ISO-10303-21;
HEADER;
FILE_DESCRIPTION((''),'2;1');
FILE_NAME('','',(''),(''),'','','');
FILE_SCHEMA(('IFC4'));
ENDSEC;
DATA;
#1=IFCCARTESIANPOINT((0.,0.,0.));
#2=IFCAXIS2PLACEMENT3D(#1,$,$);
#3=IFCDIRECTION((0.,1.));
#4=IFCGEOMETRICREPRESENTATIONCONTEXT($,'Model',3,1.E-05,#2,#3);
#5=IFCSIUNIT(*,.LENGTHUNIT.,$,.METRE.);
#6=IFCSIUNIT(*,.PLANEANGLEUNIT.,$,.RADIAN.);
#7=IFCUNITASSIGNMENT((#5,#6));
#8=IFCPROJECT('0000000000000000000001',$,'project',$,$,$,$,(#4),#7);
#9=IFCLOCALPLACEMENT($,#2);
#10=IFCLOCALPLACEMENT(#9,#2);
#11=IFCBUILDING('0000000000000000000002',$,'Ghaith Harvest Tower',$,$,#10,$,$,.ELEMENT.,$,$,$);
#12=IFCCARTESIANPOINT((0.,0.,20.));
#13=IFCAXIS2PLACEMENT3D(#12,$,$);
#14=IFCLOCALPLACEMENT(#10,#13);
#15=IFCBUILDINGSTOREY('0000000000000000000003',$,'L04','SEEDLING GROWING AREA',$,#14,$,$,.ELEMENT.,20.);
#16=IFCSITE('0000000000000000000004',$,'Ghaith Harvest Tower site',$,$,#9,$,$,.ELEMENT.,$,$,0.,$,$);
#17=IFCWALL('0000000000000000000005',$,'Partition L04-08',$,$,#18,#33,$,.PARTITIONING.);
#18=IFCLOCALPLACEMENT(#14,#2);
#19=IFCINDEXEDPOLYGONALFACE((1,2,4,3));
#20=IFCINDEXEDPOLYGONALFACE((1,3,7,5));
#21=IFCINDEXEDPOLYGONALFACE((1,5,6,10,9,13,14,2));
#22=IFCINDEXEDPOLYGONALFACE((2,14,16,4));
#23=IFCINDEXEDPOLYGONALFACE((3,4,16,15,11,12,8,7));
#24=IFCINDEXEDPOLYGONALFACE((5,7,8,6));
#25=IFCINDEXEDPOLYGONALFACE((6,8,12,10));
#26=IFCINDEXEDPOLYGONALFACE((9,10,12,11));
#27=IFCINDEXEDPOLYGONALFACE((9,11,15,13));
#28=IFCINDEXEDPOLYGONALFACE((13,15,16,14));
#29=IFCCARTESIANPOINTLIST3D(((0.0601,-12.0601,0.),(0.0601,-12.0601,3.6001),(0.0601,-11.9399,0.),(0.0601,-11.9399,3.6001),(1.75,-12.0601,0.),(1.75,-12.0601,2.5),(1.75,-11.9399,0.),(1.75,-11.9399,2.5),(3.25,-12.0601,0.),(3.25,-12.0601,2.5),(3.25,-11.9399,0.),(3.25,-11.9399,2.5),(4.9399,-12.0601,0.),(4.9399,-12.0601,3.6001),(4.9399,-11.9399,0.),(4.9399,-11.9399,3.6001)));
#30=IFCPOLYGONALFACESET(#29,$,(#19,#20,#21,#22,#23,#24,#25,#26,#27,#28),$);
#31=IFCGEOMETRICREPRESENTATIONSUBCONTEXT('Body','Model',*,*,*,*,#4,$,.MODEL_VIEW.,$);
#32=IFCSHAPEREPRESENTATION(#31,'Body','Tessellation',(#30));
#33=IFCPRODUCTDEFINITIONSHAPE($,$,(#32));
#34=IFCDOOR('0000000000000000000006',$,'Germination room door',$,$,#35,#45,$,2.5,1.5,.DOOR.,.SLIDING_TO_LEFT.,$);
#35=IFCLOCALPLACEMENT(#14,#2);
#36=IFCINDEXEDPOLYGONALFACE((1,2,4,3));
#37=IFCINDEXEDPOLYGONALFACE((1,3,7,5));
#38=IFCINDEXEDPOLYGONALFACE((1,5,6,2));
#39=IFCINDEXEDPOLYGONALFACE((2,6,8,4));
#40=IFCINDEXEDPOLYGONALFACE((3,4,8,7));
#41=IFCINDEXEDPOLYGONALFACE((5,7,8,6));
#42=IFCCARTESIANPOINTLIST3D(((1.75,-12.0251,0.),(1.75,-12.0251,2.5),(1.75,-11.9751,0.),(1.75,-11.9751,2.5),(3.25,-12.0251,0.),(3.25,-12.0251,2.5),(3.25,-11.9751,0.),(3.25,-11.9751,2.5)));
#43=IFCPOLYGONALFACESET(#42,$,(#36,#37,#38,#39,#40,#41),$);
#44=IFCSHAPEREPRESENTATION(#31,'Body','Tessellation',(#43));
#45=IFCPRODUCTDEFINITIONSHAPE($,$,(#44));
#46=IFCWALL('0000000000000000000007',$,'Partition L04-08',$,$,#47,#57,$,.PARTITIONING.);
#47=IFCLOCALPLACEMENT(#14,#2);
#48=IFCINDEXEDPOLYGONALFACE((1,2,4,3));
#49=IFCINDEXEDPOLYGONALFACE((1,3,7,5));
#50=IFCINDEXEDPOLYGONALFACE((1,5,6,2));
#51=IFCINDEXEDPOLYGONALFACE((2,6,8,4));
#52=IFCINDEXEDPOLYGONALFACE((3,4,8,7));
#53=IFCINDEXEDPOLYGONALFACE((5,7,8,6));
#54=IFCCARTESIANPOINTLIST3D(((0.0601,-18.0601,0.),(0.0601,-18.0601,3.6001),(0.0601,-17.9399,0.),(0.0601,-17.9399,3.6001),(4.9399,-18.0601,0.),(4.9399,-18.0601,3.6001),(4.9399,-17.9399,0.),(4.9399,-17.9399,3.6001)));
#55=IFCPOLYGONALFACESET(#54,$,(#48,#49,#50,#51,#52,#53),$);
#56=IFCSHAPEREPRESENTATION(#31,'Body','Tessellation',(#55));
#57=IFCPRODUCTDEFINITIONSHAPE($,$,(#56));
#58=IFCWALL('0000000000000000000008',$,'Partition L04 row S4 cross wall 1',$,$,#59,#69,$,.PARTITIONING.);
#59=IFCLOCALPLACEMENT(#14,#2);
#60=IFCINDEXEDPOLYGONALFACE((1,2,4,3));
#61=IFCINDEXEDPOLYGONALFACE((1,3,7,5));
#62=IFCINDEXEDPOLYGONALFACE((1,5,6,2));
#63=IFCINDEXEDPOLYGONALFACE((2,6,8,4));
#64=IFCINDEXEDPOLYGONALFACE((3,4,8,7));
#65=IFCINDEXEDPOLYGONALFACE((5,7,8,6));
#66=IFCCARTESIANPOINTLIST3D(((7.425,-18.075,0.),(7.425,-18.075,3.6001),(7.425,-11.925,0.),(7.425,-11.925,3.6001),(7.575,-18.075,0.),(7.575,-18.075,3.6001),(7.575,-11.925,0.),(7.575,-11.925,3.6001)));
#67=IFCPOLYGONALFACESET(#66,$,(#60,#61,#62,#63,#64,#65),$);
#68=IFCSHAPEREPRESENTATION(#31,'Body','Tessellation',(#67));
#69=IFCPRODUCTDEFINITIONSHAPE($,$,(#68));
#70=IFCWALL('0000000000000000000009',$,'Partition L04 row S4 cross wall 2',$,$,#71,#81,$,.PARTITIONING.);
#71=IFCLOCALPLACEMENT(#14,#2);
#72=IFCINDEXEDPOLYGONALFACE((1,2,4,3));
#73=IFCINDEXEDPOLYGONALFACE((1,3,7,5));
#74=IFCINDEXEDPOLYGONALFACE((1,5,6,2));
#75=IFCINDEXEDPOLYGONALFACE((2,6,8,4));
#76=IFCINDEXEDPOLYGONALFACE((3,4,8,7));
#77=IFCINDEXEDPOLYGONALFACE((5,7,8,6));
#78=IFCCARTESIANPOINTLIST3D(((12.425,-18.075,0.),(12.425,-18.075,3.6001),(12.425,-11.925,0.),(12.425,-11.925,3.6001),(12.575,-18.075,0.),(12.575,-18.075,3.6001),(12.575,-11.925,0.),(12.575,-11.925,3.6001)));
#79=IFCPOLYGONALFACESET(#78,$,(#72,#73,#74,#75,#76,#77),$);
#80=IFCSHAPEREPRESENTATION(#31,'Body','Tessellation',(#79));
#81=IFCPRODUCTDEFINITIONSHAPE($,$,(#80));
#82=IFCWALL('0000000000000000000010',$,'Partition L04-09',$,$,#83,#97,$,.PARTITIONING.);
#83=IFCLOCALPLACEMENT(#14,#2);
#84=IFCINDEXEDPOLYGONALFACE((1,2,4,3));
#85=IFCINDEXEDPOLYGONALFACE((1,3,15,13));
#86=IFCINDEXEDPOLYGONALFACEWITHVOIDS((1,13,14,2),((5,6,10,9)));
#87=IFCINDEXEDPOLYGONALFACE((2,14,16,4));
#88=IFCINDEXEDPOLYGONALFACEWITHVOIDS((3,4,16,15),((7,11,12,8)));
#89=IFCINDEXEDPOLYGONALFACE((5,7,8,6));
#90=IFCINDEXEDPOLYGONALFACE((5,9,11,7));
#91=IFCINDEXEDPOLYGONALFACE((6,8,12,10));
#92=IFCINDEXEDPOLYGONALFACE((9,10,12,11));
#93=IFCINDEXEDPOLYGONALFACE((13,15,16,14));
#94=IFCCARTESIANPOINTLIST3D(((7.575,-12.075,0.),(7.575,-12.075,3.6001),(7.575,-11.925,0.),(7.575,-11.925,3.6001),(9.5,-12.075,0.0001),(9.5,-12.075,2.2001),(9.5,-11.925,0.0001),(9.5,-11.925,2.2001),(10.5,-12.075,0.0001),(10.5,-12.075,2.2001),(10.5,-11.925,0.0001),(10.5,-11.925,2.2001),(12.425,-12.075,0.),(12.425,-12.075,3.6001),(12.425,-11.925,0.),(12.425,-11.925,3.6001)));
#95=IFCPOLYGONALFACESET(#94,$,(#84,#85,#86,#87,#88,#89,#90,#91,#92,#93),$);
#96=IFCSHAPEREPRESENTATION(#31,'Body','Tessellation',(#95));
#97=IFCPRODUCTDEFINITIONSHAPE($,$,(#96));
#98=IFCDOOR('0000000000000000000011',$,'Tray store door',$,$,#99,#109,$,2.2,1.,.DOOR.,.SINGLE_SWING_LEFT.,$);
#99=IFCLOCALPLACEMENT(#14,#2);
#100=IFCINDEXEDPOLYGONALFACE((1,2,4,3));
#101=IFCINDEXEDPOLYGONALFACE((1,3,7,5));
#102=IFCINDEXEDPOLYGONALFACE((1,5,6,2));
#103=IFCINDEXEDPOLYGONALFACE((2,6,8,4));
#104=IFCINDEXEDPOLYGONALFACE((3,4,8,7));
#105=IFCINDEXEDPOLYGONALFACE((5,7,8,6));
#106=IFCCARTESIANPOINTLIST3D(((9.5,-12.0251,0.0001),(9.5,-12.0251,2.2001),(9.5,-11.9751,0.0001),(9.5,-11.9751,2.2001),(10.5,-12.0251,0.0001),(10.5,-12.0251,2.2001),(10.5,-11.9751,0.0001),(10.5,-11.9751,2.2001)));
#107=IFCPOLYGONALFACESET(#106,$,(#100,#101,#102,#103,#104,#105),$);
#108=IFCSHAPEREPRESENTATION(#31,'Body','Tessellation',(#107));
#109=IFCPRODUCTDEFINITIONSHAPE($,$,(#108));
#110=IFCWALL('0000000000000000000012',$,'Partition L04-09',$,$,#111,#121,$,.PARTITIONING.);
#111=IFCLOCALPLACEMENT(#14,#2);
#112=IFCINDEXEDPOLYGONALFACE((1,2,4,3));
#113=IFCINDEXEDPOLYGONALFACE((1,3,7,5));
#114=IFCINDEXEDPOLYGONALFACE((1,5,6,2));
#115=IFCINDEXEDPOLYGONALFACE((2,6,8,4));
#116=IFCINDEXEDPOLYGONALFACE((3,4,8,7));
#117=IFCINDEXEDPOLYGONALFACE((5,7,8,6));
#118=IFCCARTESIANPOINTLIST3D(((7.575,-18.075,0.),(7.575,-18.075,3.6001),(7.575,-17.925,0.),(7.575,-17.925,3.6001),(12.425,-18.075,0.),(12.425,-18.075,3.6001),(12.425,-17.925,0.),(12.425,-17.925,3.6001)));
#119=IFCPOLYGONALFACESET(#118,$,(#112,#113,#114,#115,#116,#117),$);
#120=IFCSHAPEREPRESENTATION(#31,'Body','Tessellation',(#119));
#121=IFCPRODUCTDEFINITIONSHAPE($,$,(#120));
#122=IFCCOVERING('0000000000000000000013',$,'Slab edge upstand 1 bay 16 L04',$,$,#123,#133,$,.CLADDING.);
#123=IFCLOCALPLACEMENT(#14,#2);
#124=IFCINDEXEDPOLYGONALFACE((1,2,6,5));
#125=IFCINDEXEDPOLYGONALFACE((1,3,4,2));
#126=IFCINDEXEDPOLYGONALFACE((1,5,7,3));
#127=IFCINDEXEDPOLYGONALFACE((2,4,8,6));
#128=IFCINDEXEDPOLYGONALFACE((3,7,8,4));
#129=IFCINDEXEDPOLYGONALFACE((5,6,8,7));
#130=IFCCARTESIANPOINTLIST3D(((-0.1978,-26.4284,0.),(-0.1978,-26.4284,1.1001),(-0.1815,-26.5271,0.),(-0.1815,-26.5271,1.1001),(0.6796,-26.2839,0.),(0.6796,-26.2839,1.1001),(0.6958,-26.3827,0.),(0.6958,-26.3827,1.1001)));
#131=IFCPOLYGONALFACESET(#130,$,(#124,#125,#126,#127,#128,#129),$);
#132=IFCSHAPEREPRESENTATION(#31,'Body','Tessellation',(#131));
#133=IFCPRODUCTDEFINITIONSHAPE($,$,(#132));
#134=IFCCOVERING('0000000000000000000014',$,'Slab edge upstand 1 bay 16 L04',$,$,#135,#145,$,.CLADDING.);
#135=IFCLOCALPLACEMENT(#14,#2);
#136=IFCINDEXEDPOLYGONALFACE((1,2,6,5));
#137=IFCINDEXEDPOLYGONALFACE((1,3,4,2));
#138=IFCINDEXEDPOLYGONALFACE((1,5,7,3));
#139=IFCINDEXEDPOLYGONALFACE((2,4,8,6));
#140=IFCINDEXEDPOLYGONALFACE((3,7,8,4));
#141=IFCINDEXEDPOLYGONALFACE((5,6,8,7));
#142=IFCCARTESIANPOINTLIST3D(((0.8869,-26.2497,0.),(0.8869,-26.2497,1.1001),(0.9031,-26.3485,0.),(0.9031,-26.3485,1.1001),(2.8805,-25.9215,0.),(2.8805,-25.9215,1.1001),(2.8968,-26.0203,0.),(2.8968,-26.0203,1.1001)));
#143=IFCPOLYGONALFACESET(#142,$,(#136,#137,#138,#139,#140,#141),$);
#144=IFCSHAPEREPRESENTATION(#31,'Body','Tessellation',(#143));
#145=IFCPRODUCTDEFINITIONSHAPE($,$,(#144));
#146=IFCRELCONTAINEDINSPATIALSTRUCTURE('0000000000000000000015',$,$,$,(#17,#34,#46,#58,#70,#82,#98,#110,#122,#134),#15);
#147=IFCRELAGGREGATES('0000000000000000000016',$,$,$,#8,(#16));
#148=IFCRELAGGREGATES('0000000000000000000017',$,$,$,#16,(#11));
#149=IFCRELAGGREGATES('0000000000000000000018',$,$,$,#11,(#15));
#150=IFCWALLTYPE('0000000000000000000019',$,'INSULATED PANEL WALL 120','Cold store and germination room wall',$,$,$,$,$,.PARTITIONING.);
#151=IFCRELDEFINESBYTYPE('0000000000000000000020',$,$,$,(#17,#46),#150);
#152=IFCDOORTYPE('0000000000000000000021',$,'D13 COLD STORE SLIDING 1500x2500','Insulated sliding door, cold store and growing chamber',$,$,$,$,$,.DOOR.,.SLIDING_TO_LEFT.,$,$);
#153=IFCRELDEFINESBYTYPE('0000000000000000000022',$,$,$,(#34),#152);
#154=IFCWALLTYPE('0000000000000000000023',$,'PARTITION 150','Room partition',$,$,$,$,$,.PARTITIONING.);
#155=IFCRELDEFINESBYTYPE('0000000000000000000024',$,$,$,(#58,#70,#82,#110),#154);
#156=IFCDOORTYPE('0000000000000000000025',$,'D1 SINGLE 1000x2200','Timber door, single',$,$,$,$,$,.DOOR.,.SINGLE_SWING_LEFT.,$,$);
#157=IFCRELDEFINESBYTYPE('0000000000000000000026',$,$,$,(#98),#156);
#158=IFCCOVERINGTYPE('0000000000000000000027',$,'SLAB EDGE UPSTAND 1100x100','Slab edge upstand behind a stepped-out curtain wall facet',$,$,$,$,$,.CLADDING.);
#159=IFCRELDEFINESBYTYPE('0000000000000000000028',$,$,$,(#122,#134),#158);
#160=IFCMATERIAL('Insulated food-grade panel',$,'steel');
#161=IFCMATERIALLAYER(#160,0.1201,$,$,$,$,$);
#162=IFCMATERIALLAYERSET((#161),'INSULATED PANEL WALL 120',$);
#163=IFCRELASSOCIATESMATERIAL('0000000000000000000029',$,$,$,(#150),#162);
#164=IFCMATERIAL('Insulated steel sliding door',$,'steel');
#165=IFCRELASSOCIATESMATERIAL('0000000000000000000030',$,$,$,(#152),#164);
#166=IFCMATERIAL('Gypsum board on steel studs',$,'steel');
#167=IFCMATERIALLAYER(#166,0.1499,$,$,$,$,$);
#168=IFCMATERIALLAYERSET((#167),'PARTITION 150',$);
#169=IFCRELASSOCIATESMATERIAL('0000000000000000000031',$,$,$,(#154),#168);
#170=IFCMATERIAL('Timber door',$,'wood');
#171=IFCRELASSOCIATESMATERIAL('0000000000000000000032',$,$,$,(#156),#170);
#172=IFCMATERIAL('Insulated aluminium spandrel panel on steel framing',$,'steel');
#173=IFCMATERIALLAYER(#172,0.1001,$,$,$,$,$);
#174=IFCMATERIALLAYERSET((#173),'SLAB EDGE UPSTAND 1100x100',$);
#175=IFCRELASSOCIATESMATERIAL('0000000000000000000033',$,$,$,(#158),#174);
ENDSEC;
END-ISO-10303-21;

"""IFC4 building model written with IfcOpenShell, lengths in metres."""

from ifc_helpers import new_model, si_unit, direction, frame, frame_2d, origin, origin_2d, place, context, subcontext, project, spatial, rectangle, extrude, material, layer, layer_set, type_object, element, fill, save


model = new_model("IFC4")

# Units and contexts
model_context = context("Model", 3, precision=1e-05, world=origin(), true_north=direction((0.0, 1.0)))
body_context = subcontext(model_context, "Body", "Model", "MODEL_VIEW")
ifc_project = project(units=[si_unit("LENGTHUNIT", "METRE"), si_unit("PLANEANGLEUNIT", "RADIAN")], contexts=[model_context])

# Site, building, storey
site_placement = place(None, origin())
site = spatial("IfcSite", under=ifc_project, at=site_placement, Name="Ghaith Harvest Tower site", CompositionType="ELEMENT", RefElevation=0.0)
building_placement = place(site_placement, origin())
building = spatial("IfcBuilding", under=site, at=building_placement, Name="Ghaith Harvest Tower", CompositionType="ELEMENT")
storey_placement = place(building_placement, frame((0.0, 0.0, 20.0)))
storey = spatial("IfcBuildingStorey", under=building, at=storey_placement, Name="L04", Description="SEEDLING GROWING AREA", CompositionType="ELEMENT", Elevation=20.0)

# Shared definitions
ifc_material_1 = material(Name="Insulated food-grade panel", Category="steel")
ifc_layer_1 = layer(ifc_material_1, 0.1201)
ifc_layer_set_1 = layer_set([ifc_layer_1], Name="INSULATED PANEL WALL 120")
wall_type_1 = type_object("IfcWallType", Name="INSULATED PANEL WALL 120", Description="Cold store and germination room wall", PredefinedType="PARTITIONING", material=ifc_layer_set_1)

# Wall, opening, door
wall_1_placement = place(storey_placement, frame((0.0601, -12.0, 0.0), z_axis=(0.0, 0.0, 1.0), x_axis=(1.0, 0.0, 0.0)))
wall_1 = element("IfcWall", 1, at=wall_1_placement, inside=storey, type_object=wall_type_1, Name="Partition L04-08", PredefinedType="PARTITIONING", context=body_context, shape_type="SweptSolid", body=[
    extrude(rectangle(XDim=4.8799, YDim=0.1201, at=frame_2d((2.4399, 0.0))), origin(), (0.0, 0.0, 1.0), 3.6001),
])
opening_1_placement = place(wall_1_placement, frame((1.6899, 0.0, 0.0)))
opening_1 = element("IfcOpeningElement", 2, at=opening_1_placement, cuts=wall_1, PredefinedType="OPENING", context=body_context, shape_type="SweptSolid", body=[
    extrude(rectangle(XDim=1.5, YDim=2.5, at=frame_2d((0.75, 1.25))), frame((0.0, 0.0701, 0.0), z_axis=(0.0, -1.0, 0.0), x_axis=(1.0, 0.0, 0.0)), (0.0, 0.0, 1.0), 0.1401),
])
ifc_material_2 = material(Name="Insulated steel sliding door", Category="steel")
door_type_1 = type_object("IfcDoorType", Name="D13 COLD STORE SLIDING 1500x2500", Description="Insulated sliding door, cold store and growing chamber", OperationType="SLIDING_TO_LEFT", PredefinedType="DOOR", material=ifc_material_2)
door_1_placement = place(opening_1_placement, origin())
door_1 = element("IfcDoor", 3, at=door_1_placement, inside=storey, type_object=door_type_1, Name="Germination room door", OperationType="SLIDING_TO_LEFT", OverallHeight=2.5, OverallWidth=1.5, PredefinedType="DOOR", context=body_context, shape_type="SweptSolid", body=[
    extrude(rectangle(XDim=1.5, YDim=2.5, at=frame_2d((0.75, 1.25))), frame((0.0, 0.0249, 0.0), z_axis=(0.0, -1.0, 0.0), x_axis=(1.0, 0.0, 0.0)), (0.0, 0.0, 1.0), 0.05),
])
fill(opening_1, door_1)

# Walls
wall_2_placement = place(storey_placement, frame((0.0601, -18.0, 0.0), z_axis=(0.0, 0.0, 1.0), x_axis=(1.0, 0.0, 0.0)))
element("IfcWall", 4, at=wall_2_placement, inside=storey, type_object=wall_type_1, Name="Partition L04-08", PredefinedType="PARTITIONING", context=body_context, shape_type="SweptSolid", body=[
    extrude(rectangle(XDim=4.8799, YDim=0.1201, at=frame_2d((2.4399, 0.0))), origin(), (0.0, 0.0, 1.0), 3.6001),
])
ifc_material_3 = material(Name="Gypsum board on steel studs", Category="steel")
ifc_layer_2 = layer(ifc_material_3, 0.1499)
ifc_layer_set_2 = layer_set([ifc_layer_2], Name="PARTITION 150")
wall_type_2 = type_object("IfcWallType", Name="PARTITION 150", Description="Room partition", PredefinedType="PARTITIONING", material=ifc_layer_set_2)
for number, where, z_axis, x_axis, name in (
    (5, (7.5, -11.925, 0.0), (0.0, 0.0, 1.0), (0.0, -1.0, 0.0), "Partition L04 row S4 cross wall 1"),
    (6, (12.5, -11.925, 0.0), (0.0, 0.0, 1.0), (0.0, -1.0, 0.0), "Partition L04 row S4 cross wall 2"),
):
    element("IfcWall", number, at=place(storey_placement, frame(where, z_axis=z_axis, x_axis=x_axis)), inside=storey, type_object=wall_type_2, Name=name, PredefinedType="PARTITIONING", context=body_context, shape_type="SweptSolid", body=[
        extrude(rectangle(XDim=6.1499, YDim=0.1499, at=frame_2d((3.075, 0.0))), origin(), (0.0, 0.0, 1.0), 3.6001),
    ])

# Wall, opening, door
wall_3_placement = place(storey_placement, frame((7.575, -12.0, 0.0), z_axis=(0.0, 0.0, 1.0), x_axis=(1.0, 0.0, 0.0)))
wall_3 = element("IfcWall", 7, at=wall_3_placement, inside=storey, type_object=wall_type_2, Name="Partition L04-09", PredefinedType="PARTITIONING", context=body_context, shape_type="SweptSolid", body=[
    extrude(rectangle(XDim=4.8501, YDim=0.1499, at=frame_2d((2.425, 0.0))), origin(), (0.0, 0.0, 1.0), 3.6001),
])
opening_2_placement = place(wall_3_placement, frame((1.925, 0.0, 0.0)))
opening_2 = element("IfcOpeningElement", 8, at=opening_2_placement, cuts=wall_3, PredefinedType="OPENING", context=body_context, shape_type="SweptSolid", body=[
    extrude(rectangle(XDim=1.0, YDim=2.2, at=frame_2d((0.5, 1.1001))), frame((0.0, 0.085, 0.0), z_axis=(0.0, -1.0, 0.0), x_axis=(1.0, 0.0, 0.0)), (0.0, 0.0, 1.0), 0.1699),
])
ifc_material_4 = material(Name="Timber door", Category="wood")
door_type_2 = type_object("IfcDoorType", Name="D1 SINGLE 1000x2200", Description="Timber door, single", OperationType="SINGLE_SWING_LEFT", PredefinedType="DOOR", material=ifc_material_4)
door_2_placement = place(opening_2_placement, origin())
door_2 = element("IfcDoor", 9, at=door_2_placement, inside=storey, type_object=door_type_2, Name="Tray store door", OperationType="SINGLE_SWING_LEFT", OverallHeight=2.2, OverallWidth=1.0, PredefinedType="DOOR", context=body_context, shape_type="SweptSolid", body=[
    extrude(rectangle(XDim=1.0, YDim=2.2, at=frame_2d((0.5, 1.1001))), frame((0.0, 0.0249, 0.0), z_axis=(0.0, -1.0, 0.0), x_axis=(1.0, 0.0, 0.0)), (0.0, 0.0, 1.0), 0.05),
])
fill(opening_2, door_2)

# Wall
wall_4_placement = place(storey_placement, frame((7.575, -18.0, 0.0), z_axis=(0.0, 0.0, 1.0), x_axis=(1.0, 0.0, 0.0)))
element("IfcWall", 10, at=wall_4_placement, inside=storey, type_object=wall_type_2, Name="Partition L04-09", PredefinedType="PARTITIONING", context=body_context, shape_type="SweptSolid", body=[
    extrude(rectangle(XDim=4.8501, YDim=0.1499, at=frame_2d((2.425, 0.0))), origin(), (0.0, 0.0, 1.0), 3.6001),
])

# Coverings
ifc_material_5 = material(Name="Insulated aluminium spandrel panel on steel framing", Category="steel")
ifc_layer_3 = layer(ifc_material_5, 0.1001)
ifc_layer_set_3 = layer_set([ifc_layer_3], Name="SLAB EDGE UPSTAND 1100x100")
covering_type = type_object("IfcCoveringType", Name="SLAB EDGE UPSTAND 1100x100", Description="Slab edge upstand behind a stepped-out curtain wall facet", PredefinedType="CLADDING", material=ifc_layer_set_3)
covering_1_placement = place(storey_placement, frame((0.249, -26.4055, 0.0), z_axis=(0.0, 0.0, 1.0), x_axis=(0.986716, 0.162453, 0.0)))
element("IfcCovering", 11, at=covering_1_placement, inside=storey, type_object=covering_type, Name="Slab edge upstand 1 bay 16 L04", PredefinedType="CLADDING", context=body_context, shape_type="SweptSolid", body=[
    extrude(rectangle(XDim=0.8892, YDim=0.1001, at=origin_2d()), origin(), (0.0, 0.0, 1.0), 1.1001),
])
covering_2_placement = place(storey_placement, frame((1.8918, -26.135, 0.0), z_axis=(0.0, 0.0, 1.0), x_axis=(0.986716, 0.162453, 0.0)))
element("IfcCovering", 12, at=covering_2_placement, inside=storey, type_object=covering_type, Name="Slab edge upstand 1 bay 16 L04", PredefinedType="CLADDING", context=body_context, shape_type="SweptSolid", body=[
    extrude(rectangle(XDim=2.0205, YDim=0.1001, at=origin_2d()), origin(), (0.0, 0.0, 1.0), 1.1001),
])

save(model, "model.ifc")
